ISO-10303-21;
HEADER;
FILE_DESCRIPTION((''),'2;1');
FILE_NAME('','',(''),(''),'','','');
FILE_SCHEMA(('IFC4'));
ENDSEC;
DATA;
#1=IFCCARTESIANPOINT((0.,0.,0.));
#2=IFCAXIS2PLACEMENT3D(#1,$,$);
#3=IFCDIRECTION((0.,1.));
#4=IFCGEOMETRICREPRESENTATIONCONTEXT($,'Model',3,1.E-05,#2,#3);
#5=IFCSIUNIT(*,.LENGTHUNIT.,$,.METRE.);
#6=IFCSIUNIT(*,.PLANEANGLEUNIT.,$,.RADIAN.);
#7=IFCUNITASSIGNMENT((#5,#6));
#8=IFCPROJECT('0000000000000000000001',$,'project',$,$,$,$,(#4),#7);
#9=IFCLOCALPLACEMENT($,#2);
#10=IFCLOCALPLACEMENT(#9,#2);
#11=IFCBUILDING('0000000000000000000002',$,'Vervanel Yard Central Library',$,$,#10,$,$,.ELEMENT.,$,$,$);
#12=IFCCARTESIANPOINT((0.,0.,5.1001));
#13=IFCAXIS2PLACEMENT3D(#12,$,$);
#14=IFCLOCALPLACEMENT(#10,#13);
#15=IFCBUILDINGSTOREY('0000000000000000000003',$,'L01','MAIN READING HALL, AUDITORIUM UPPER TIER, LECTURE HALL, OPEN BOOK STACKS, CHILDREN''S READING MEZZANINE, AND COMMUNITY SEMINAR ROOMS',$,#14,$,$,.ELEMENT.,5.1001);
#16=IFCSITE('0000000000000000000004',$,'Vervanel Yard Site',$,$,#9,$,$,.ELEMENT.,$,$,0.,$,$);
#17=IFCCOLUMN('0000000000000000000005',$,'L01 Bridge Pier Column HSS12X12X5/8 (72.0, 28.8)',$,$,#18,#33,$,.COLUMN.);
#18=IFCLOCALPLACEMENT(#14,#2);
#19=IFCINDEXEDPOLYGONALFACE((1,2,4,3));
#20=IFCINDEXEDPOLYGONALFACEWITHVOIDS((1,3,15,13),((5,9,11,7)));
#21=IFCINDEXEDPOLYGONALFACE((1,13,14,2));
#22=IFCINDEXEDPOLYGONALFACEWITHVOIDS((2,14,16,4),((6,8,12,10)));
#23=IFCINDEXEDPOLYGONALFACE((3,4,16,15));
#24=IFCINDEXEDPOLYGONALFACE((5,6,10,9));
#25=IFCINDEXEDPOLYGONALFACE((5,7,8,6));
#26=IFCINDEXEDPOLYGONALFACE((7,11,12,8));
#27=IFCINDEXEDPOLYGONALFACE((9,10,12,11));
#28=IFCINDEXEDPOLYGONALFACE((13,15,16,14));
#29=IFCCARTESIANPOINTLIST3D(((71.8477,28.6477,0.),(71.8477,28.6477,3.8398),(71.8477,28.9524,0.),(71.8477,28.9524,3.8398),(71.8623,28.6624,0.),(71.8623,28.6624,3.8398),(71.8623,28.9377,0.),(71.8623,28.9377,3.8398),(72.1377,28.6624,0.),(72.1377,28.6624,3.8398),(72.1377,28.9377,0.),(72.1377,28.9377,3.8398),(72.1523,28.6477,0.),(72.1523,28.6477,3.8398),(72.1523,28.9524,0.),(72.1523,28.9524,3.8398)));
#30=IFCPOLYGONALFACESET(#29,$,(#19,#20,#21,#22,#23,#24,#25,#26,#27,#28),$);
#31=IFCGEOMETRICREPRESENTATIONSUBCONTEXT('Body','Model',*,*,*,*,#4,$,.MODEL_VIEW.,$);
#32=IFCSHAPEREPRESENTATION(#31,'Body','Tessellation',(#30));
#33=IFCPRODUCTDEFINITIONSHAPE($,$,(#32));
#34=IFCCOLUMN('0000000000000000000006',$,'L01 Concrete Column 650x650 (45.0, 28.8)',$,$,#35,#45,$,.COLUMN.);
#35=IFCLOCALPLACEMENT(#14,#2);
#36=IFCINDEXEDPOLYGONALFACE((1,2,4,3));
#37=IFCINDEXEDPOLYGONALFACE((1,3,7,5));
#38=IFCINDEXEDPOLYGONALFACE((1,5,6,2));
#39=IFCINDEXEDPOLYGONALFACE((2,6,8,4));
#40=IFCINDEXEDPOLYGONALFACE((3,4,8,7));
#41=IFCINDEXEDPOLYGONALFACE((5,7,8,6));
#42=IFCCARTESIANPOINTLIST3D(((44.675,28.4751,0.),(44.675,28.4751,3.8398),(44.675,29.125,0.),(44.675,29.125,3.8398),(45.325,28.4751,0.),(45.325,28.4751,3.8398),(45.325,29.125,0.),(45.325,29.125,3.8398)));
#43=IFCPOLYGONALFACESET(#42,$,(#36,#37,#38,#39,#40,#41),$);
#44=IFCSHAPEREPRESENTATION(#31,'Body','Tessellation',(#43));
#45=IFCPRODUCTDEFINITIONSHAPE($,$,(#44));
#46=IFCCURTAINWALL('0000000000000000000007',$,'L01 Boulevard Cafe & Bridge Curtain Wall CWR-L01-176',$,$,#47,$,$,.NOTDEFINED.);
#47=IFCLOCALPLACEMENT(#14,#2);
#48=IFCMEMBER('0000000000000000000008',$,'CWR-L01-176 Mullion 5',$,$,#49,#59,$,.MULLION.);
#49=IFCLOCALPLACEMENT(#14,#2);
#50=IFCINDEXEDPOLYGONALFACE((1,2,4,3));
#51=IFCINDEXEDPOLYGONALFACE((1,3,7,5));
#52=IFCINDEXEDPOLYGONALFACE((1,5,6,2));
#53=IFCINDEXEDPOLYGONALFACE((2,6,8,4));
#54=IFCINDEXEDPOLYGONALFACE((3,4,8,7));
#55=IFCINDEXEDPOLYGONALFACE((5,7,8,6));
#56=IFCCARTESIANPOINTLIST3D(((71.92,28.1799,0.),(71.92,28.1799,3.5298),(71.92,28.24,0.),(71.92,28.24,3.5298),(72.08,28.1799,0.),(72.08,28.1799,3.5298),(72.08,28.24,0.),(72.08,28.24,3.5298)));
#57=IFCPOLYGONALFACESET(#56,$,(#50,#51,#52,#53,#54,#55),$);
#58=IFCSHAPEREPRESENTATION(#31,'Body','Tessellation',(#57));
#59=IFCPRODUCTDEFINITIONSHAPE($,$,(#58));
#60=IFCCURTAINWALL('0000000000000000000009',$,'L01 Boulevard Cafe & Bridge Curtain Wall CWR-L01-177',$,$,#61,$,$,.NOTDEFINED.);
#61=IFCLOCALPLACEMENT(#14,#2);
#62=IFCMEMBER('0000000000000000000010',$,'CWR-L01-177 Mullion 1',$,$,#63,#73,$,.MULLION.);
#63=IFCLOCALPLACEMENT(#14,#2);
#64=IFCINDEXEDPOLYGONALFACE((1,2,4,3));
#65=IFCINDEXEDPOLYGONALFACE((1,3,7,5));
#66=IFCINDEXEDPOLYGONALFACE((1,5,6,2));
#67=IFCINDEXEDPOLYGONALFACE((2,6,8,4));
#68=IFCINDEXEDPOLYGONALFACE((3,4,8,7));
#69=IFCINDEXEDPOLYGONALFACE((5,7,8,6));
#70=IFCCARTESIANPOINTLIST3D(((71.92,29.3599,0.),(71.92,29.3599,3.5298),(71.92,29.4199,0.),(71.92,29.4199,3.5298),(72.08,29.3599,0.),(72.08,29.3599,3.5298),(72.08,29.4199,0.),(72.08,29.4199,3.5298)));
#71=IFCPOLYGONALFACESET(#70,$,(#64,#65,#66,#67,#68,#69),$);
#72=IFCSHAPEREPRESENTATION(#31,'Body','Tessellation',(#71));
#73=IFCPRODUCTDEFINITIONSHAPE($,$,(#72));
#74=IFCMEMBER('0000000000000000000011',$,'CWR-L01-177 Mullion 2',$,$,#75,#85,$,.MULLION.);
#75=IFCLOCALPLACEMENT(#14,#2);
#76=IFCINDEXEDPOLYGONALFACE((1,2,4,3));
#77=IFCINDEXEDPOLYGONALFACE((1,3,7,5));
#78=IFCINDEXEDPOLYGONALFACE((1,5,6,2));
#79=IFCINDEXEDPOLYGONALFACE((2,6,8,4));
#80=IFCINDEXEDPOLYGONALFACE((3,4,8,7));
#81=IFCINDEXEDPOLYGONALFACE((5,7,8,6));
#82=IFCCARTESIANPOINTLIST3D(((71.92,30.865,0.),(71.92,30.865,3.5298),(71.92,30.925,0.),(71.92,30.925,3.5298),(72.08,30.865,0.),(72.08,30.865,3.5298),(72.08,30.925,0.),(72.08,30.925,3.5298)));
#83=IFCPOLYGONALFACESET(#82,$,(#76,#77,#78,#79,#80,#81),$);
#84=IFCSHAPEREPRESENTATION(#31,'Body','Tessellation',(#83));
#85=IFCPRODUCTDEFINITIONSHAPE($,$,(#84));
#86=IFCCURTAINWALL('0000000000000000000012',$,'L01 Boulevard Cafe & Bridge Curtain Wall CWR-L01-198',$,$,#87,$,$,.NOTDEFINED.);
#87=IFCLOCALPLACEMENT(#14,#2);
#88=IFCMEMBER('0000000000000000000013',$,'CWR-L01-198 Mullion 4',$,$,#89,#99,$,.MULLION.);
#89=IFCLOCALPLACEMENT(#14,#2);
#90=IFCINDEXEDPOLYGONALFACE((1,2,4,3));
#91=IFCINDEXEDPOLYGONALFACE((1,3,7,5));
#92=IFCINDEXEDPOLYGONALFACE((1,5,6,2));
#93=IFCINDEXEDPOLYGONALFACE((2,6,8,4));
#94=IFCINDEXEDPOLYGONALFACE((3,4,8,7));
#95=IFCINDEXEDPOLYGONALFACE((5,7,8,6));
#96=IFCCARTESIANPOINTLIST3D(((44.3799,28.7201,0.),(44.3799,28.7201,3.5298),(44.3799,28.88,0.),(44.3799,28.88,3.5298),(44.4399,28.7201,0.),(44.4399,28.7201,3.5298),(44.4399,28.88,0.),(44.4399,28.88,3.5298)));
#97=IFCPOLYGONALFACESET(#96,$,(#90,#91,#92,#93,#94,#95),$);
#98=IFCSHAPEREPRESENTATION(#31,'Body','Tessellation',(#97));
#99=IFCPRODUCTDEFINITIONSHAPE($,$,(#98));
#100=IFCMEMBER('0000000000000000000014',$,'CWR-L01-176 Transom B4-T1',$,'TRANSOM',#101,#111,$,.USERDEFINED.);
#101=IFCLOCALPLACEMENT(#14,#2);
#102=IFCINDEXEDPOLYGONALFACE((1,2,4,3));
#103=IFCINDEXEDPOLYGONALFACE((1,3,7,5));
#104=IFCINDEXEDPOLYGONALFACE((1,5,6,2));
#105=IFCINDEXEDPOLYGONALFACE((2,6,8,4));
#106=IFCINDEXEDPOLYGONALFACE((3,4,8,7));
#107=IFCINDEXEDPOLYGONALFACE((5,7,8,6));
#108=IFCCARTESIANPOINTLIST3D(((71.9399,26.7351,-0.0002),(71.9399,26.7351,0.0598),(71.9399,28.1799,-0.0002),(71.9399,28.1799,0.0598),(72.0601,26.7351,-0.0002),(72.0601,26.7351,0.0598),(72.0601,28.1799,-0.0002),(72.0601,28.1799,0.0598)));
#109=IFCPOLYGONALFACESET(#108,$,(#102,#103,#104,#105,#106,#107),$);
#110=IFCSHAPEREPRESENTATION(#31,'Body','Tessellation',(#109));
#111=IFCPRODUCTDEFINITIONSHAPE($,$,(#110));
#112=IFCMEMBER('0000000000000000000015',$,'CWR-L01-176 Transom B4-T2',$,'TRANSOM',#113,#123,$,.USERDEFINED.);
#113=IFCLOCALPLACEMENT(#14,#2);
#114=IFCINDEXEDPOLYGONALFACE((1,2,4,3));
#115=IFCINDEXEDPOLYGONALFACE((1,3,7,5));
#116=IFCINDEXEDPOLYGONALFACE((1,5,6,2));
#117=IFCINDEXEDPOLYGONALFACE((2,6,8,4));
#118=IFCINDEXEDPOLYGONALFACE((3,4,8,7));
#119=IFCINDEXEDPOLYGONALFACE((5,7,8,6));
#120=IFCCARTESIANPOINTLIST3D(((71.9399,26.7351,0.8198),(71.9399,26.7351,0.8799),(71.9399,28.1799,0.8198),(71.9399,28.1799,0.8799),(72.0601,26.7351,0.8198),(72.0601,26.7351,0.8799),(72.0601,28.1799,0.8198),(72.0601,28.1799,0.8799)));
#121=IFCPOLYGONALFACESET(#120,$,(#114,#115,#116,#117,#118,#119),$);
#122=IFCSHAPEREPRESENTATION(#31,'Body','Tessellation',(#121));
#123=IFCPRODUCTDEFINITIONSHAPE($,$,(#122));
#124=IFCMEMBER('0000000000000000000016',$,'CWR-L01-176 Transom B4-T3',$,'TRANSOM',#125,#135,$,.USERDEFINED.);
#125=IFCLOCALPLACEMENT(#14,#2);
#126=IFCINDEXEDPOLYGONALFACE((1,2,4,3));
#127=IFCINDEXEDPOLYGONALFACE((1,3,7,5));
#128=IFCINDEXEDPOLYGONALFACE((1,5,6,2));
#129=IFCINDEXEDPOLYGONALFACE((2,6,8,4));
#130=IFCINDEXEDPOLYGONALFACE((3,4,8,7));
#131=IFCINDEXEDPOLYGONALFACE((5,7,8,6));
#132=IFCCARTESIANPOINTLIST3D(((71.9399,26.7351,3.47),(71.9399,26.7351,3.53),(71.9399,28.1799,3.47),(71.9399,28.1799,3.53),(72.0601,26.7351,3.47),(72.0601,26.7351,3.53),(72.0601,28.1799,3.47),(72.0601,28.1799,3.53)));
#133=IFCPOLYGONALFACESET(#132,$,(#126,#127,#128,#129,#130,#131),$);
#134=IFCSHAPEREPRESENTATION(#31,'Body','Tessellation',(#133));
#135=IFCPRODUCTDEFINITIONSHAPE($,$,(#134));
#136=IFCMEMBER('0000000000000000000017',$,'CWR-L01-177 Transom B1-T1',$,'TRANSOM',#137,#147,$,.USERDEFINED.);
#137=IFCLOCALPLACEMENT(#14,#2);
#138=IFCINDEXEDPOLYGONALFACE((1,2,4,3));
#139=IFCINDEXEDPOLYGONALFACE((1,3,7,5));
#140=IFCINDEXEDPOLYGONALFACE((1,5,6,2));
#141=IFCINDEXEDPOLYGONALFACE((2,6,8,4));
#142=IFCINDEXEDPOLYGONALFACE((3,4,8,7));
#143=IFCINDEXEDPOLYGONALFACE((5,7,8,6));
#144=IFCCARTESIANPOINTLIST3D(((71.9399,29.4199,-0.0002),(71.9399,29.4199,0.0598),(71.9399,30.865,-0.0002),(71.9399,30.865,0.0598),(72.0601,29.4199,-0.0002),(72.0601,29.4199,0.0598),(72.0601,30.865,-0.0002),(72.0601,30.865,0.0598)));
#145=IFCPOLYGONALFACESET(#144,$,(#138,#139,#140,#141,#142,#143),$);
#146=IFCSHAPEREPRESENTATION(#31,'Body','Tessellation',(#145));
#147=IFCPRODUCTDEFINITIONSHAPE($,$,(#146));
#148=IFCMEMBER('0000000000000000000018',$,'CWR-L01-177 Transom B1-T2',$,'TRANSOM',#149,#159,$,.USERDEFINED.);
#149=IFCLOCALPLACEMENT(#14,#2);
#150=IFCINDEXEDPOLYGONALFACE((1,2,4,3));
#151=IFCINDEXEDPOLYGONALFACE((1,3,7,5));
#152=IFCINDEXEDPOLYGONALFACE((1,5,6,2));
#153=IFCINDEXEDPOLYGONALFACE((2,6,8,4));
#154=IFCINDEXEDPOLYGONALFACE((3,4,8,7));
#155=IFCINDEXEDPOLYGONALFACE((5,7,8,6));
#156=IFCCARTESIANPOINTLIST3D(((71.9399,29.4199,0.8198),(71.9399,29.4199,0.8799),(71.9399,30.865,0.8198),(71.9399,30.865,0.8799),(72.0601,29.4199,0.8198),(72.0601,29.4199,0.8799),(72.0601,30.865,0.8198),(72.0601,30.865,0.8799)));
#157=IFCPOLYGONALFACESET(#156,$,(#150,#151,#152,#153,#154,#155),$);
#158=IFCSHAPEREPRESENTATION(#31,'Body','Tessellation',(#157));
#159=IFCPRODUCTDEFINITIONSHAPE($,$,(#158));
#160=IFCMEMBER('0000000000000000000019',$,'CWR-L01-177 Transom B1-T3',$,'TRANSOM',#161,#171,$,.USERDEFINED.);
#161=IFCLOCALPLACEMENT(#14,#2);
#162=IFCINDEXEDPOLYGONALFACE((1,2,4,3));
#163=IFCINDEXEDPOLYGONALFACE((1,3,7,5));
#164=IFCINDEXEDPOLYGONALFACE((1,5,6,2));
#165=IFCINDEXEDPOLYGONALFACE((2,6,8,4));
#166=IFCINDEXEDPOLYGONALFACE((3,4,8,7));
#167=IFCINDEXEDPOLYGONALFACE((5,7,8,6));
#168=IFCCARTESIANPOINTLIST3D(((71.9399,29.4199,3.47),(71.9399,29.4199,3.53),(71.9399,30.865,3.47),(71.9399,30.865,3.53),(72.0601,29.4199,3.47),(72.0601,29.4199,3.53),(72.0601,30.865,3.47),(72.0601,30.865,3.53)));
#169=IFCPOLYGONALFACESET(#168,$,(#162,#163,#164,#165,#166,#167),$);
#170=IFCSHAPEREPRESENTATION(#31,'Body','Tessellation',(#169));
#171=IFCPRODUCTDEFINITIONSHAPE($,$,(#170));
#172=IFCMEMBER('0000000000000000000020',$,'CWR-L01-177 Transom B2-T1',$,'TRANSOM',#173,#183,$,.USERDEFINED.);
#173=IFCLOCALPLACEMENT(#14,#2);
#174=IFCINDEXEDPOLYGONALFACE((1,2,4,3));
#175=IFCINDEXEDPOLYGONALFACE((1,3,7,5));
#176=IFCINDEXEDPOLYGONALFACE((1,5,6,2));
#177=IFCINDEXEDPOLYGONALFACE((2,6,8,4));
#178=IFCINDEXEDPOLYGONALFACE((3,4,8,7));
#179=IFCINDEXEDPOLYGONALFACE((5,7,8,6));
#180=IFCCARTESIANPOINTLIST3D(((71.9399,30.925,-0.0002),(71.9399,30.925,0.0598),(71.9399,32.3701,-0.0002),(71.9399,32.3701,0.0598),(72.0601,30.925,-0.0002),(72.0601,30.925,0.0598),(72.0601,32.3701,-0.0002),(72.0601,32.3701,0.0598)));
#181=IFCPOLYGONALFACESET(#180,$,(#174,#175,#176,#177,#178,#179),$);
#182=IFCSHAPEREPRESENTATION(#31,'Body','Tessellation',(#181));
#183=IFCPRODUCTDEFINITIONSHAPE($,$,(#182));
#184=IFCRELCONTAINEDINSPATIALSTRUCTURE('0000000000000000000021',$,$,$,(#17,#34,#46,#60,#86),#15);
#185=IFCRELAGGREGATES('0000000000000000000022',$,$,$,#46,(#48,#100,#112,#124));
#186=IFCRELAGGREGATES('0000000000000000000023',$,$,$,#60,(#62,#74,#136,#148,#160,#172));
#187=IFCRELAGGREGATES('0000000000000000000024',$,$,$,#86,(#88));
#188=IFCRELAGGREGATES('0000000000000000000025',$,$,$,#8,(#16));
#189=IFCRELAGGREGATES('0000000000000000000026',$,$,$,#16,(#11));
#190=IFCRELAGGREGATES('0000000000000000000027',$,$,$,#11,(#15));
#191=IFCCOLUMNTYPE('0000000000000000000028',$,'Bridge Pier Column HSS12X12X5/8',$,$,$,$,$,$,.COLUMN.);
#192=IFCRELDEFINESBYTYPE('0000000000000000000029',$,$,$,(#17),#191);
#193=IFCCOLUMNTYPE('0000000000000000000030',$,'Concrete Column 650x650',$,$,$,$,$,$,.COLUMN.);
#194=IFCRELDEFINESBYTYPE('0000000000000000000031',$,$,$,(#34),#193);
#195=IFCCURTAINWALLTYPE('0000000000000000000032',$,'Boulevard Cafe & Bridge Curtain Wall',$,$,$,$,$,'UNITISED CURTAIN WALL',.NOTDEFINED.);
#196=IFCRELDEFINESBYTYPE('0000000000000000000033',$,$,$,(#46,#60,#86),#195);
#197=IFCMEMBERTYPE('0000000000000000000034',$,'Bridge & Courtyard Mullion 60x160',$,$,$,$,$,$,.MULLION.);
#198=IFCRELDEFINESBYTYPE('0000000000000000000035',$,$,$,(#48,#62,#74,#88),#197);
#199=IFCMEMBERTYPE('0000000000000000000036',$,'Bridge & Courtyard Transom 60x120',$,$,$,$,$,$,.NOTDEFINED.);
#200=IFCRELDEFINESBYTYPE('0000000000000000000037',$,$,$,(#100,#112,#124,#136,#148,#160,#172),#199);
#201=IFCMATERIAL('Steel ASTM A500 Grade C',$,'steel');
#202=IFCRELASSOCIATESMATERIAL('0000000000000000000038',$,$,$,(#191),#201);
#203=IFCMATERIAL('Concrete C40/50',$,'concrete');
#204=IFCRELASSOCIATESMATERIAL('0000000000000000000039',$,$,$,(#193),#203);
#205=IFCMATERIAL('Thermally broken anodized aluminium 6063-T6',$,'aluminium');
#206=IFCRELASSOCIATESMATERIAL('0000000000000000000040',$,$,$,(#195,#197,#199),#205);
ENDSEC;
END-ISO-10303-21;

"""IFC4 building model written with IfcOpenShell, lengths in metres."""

from ifc_helpers import new_model, si_unit, direction, frame, origin, origin_2d, place, context, subcontext, project, spatial, rectangle, hollow_rectangle, extrude, material, material_profile, profile_set, type_object, element, aggregate, save


model = new_model("IFC4")

# Units and contexts
model_context = context("Model", 3, precision=1e-05, world=origin(), true_north=direction((0.0, 1.0)))
body_context = subcontext(model_context, "Body", "Model", "MODEL_VIEW")
ifc_project = project(units=[si_unit("LENGTHUNIT", "METRE"), si_unit("PLANEANGLEUNIT", "RADIAN")], contexts=[model_context])

# Site, building, storey
site_placement = place(None, origin())
site = spatial("IfcSite", under=ifc_project, at=site_placement, Name="Vervanel Yard Site", CompositionType="ELEMENT", RefElevation=0.0)
building_placement = place(site_placement, origin())
building = spatial("IfcBuilding", under=site, at=building_placement, Name="Vervanel Yard Central Library", CompositionType="ELEMENT")
storey_placement = place(building_placement, frame((0.0, 0.0, 5.1001)))
storey = spatial("IfcBuildingStorey", under=building, at=storey_placement, Name="L01", Description="MAIN READING HALL, AUDITORIUM UPPER TIER, LECTURE HALL, OPEN BOOK STACKS, CHILDREN'S READING MEZZANINE, AND COMMUNITY SEMINAR ROOMS", CompositionType="ELEMENT", Elevation=5.1001)

# Columns
ifc_material_1 = material(Name="Steel ASTM A500 Grade C", Category="steel")
ifc_material_profile_1 = material_profile(ifc_material_1, hollow_rectangle(XDim=0.3047, YDim=0.3047, WallThickness=0.0146, at=origin_2d()), Name="HSS12X12X5/8", Category="steel")
ifc_profile_set_1 = profile_set([ifc_material_profile_1], Name="Steel ASTM A500 Grade C")
column_type_1 = type_object("IfcColumnType", Name="Bridge Pier Column HSS12X12X5/8", PredefinedType="COLUMN", material=ifc_profile_set_1)
column_1_placement = place(storey_placement, frame((72.0, 28.8, 0.0), z_axis=(0.0, 0.0, 1.0), x_axis=(1.0, 0.0, 0.0)))
element("IfcColumn", 1, at=column_1_placement, inside=storey, type_object=column_type_1, Name="L01 Bridge Pier Column HSS12X12X5/8 (72.0, 28.8)", PredefinedType="COLUMN", context=body_context, shape_type="SweptSolid", body=[
    extrude(hollow_rectangle(XDim=0.3047, YDim=0.3047, WallThickness=0.0146, at=origin_2d()), origin(), (0.0, 0.0, 1.0), 3.8398),
])
ifc_material_2 = material(Name="Concrete C40/50", Category="concrete")
ifc_material_profile_2 = material_profile(ifc_material_2, rectangle(XDim=0.6499, YDim=0.6499, at=origin_2d()), Name="RC 650x650", Category="concrete")
ifc_profile_set_2 = profile_set([ifc_material_profile_2], Name="Concrete C40/50")
column_type_2 = type_object("IfcColumnType", Name="Concrete Column 650x650", PredefinedType="COLUMN", material=ifc_profile_set_2)
column_2_placement = place(storey_placement, frame((45.0, 28.8, 0.0), z_axis=(0.0, 0.0, 1.0), x_axis=(1.0, 0.0, 0.0)))
element("IfcColumn", 2, at=column_2_placement, inside=storey, type_object=column_type_2, Name="L01 Concrete Column 650x650 (45.0, 28.8)", PredefinedType="COLUMN", context=body_context, shape_type="SweptSolid", body=[
    extrude(rectangle(XDim=0.6499, YDim=0.6499, at=origin_2d()), origin(), (0.0, 0.0, 1.0), 3.8398),
])

# Curtain wall, member
ifc_material_3 = material(Name="Thermally broken anodized aluminium 6063-T6", Category="aluminium")
curtain_wall_type = type_object("IfcCurtainWallType", Name="Boulevard Cafe & Bridge Curtain Wall", ElementType="UNITISED CURTAIN WALL", PredefinedType="NOTDEFINED", material=ifc_material_3)
curtain_wall_1_placement = place(storey_placement, origin())
curtain_wall_1 = element("IfcCurtainWall", 3, at=curtain_wall_1_placement, inside=storey, type_object=curtain_wall_type, Name="L01 Boulevard Cafe & Bridge Curtain Wall CWR-L01-176", PredefinedType="NOTDEFINED")
ifc_material_profile_3 = material_profile(ifc_material_3, rectangle(XDim=0.0601, YDim=0.1599, at=origin_2d()), Name="ALU 60x160", Category="aluminium")
ifc_profile_set_3 = profile_set([ifc_material_profile_3], Name="Thermally broken anodized aluminium 6063-T6")
member_type_1 = type_object("IfcMemberType", Name="Bridge & Courtyard Mullion 60x160", PredefinedType="MULLION", material=ifc_profile_set_3)
member_1_placement = place(storey_placement, frame((72.0, 28.21, 0.0), z_axis=(0.0, 0.0, 1.0), x_axis=(0.0, 1.0, 0.0)))
member_1 = element("IfcMember", 4, at=member_1_placement, type_object=member_type_1, Name="CWR-L01-176 Mullion 5", PredefinedType="MULLION", context=body_context, shape_type="SweptSolid", body=[
    extrude(rectangle(XDim=0.0601, YDim=0.1599, at=origin_2d()), origin(), (0.0, 0.0, 1.0), 3.5298),
])

# Curtain wall, members
curtain_wall_2_placement = place(storey_placement, origin())
curtain_wall_2 = element("IfcCurtainWall", 5, at=curtain_wall_2_placement, inside=storey, type_object=curtain_wall_type, Name="L01 Boulevard Cafe & Bridge Curtain Wall CWR-L01-177", PredefinedType="NOTDEFINED")
member_2_placement = place(storey_placement, frame((72.0, 29.3899, 0.0), z_axis=(0.0, 0.0, 1.0), x_axis=(0.0, 1.0, 0.0)))
member_2 = element("IfcMember", 6, at=member_2_placement, type_object=member_type_1, Name="CWR-L01-177 Mullion 1", PredefinedType="MULLION", context=body_context, shape_type="SweptSolid", body=[
    extrude(rectangle(XDim=0.0601, YDim=0.1599, at=origin_2d()), origin(), (0.0, 0.0, 1.0), 3.5298),
])
member_3_placement = place(storey_placement, frame((72.0, 30.895, 0.0), z_axis=(0.0, 0.0, 1.0), x_axis=(0.0, 1.0, 0.0)))
member_3 = element("IfcMember", 7, at=member_3_placement, type_object=member_type_1, Name="CWR-L01-177 Mullion 2", PredefinedType="MULLION", context=body_context, shape_type="SweptSolid", body=[
    extrude(rectangle(XDim=0.0601, YDim=0.1599, at=origin_2d()), origin(), (0.0, 0.0, 1.0), 3.5298),
])

# Curtain wall, member
curtain_wall_3_placement = place(storey_placement, origin())
curtain_wall_3 = element("IfcCurtainWall", 8, at=curtain_wall_3_placement, inside=storey, type_object=curtain_wall_type, Name="L01 Boulevard Cafe & Bridge Curtain Wall CWR-L01-198", PredefinedType="NOTDEFINED")
member_4_placement = place(storey_placement, frame((44.4099, 28.8, 0.0), z_axis=(0.0, 0.0, 1.0), x_axis=(1.0, 0.0, 0.0)))
member_4 = element("IfcMember", 9, at=member_4_placement, type_object=member_type_1, Name="CWR-L01-198 Mullion 4", PredefinedType="MULLION", context=body_context, shape_type="SweptSolid", body=[
    extrude(rectangle(XDim=0.0601, YDim=0.1599, at=origin_2d()), origin(), (0.0, 0.0, 1.0), 3.5298),
])

# Members
ifc_material_profile_4 = material_profile(ifc_material_3, rectangle(XDim=0.0601, YDim=0.1201, at=origin_2d()), Name="ALU 60x120", Category="aluminium")
ifc_profile_set_4 = profile_set([ifc_material_profile_4], Name="Thermally broken anodized aluminium 6063-T6")
member_type_2 = type_object("IfcMemberType", Name="Bridge & Courtyard Transom 60x120", PredefinedType="NOTDEFINED", material=ifc_profile_set_4)
member_5_placement = place(storey_placement, frame((72.0, 26.7351, 0.0298), z_axis=(0.0, 1.0, 0.0), x_axis=(0.0, 0.0, 1.0)))
member_5 = element("IfcMember", 10, at=member_5_placement, type_object=member_type_2, Name="CWR-L01-176 Transom B4-T1", ObjectType="TRANSOM", PredefinedType="USERDEFINED", context=body_context, shape_type="SweptSolid", body=[
    extrude(rectangle(XDim=0.0601, YDim=0.1201, at=origin_2d()), origin(), (0.0, 0.0, 1.0), 1.4448),
])
member_6_placement = place(storey_placement, frame((72.0, 26.7351, 0.8499), z_axis=(0.0, 1.0, 0.0), x_axis=(0.0, 0.0, 1.0)))
member_6 = element("IfcMember", 11, at=member_6_placement, type_object=member_type_2, Name="CWR-L01-176 Transom B4-T2", ObjectType="TRANSOM", PredefinedType="USERDEFINED", context=body_context, shape_type="SweptSolid", body=[
    extrude(rectangle(XDim=0.0601, YDim=0.1201, at=origin_2d()), origin(), (0.0, 0.0, 1.0), 1.4448),
])
member_7_placement = place(storey_placement, frame((72.0, 26.7351, 3.5), z_axis=(0.0, 1.0, 0.0), x_axis=(0.0, 0.0, 1.0)))
member_7 = element("IfcMember", 12, at=member_7_placement, type_object=member_type_2, Name="CWR-L01-176 Transom B4-T3", ObjectType="TRANSOM", PredefinedType="USERDEFINED", context=body_context, shape_type="SweptSolid", body=[
    extrude(rectangle(XDim=0.0601, YDim=0.1201, at=origin_2d()), origin(), (0.0, 0.0, 1.0), 1.4448),
])
member_8_placement = place(storey_placement, frame((72.0, 29.4199, 0.0298), z_axis=(0.0, 1.0, 0.0), x_axis=(0.0, 0.0, 1.0)))
member_8 = element("IfcMember", 13, at=member_8_placement, type_object=member_type_2, Name="CWR-L01-177 Transom B1-T1", ObjectType="TRANSOM", PredefinedType="USERDEFINED", context=body_context, shape_type="SweptSolid", body=[
    extrude(rectangle(XDim=0.0601, YDim=0.1201, at=origin_2d()), origin(), (0.0, 0.0, 1.0), 1.4451),
])
member_9_placement = place(storey_placement, frame((72.0, 29.4199, 0.8499), z_axis=(0.0, 1.0, 0.0), x_axis=(0.0, 0.0, 1.0)))
member_9 = element("IfcMember", 14, at=member_9_placement, type_object=member_type_2, Name="CWR-L01-177 Transom B1-T2", ObjectType="TRANSOM", PredefinedType="USERDEFINED", context=body_context, shape_type="SweptSolid", body=[
    extrude(rectangle(XDim=0.0601, YDim=0.1201, at=origin_2d()), origin(), (0.0, 0.0, 1.0), 1.4451),
])
member_10_placement = place(storey_placement, frame((72.0, 29.4199, 3.5), z_axis=(0.0, 1.0, 0.0), x_axis=(0.0, 0.0, 1.0)))
member_10 = element("IfcMember", 15, at=member_10_placement, type_object=member_type_2, Name="CWR-L01-177 Transom B1-T3", ObjectType="TRANSOM", PredefinedType="USERDEFINED", context=body_context, shape_type="SweptSolid", body=[
    extrude(rectangle(XDim=0.0601, YDim=0.1201, at=origin_2d()), origin(), (0.0, 0.0, 1.0), 1.4451),
])
member_11_placement = place(storey_placement, frame((72.0, 30.925, 0.0298), z_axis=(0.0, 1.0, 0.0), x_axis=(0.0, 0.0, 1.0)))
member_11 = element("IfcMember", 16, at=member_11_placement, type_object=member_type_2, Name="CWR-L01-177 Transom B2-T1", ObjectType="TRANSOM", PredefinedType="USERDEFINED", context=body_context, shape_type="SweptSolid", body=[
    extrude(rectangle(XDim=0.0601, YDim=0.1201, at=origin_2d()), origin(), (0.0, 0.0, 1.0), 1.4451),
])

aggregate(curtain_wall_1, [member_1, member_5, member_6, member_7])
aggregate(curtain_wall_2, [member_2, member_3, member_8, member_9, member_10, member_11])
aggregate(curtain_wall_3, [member_4])

save(model, "model.ifc")
